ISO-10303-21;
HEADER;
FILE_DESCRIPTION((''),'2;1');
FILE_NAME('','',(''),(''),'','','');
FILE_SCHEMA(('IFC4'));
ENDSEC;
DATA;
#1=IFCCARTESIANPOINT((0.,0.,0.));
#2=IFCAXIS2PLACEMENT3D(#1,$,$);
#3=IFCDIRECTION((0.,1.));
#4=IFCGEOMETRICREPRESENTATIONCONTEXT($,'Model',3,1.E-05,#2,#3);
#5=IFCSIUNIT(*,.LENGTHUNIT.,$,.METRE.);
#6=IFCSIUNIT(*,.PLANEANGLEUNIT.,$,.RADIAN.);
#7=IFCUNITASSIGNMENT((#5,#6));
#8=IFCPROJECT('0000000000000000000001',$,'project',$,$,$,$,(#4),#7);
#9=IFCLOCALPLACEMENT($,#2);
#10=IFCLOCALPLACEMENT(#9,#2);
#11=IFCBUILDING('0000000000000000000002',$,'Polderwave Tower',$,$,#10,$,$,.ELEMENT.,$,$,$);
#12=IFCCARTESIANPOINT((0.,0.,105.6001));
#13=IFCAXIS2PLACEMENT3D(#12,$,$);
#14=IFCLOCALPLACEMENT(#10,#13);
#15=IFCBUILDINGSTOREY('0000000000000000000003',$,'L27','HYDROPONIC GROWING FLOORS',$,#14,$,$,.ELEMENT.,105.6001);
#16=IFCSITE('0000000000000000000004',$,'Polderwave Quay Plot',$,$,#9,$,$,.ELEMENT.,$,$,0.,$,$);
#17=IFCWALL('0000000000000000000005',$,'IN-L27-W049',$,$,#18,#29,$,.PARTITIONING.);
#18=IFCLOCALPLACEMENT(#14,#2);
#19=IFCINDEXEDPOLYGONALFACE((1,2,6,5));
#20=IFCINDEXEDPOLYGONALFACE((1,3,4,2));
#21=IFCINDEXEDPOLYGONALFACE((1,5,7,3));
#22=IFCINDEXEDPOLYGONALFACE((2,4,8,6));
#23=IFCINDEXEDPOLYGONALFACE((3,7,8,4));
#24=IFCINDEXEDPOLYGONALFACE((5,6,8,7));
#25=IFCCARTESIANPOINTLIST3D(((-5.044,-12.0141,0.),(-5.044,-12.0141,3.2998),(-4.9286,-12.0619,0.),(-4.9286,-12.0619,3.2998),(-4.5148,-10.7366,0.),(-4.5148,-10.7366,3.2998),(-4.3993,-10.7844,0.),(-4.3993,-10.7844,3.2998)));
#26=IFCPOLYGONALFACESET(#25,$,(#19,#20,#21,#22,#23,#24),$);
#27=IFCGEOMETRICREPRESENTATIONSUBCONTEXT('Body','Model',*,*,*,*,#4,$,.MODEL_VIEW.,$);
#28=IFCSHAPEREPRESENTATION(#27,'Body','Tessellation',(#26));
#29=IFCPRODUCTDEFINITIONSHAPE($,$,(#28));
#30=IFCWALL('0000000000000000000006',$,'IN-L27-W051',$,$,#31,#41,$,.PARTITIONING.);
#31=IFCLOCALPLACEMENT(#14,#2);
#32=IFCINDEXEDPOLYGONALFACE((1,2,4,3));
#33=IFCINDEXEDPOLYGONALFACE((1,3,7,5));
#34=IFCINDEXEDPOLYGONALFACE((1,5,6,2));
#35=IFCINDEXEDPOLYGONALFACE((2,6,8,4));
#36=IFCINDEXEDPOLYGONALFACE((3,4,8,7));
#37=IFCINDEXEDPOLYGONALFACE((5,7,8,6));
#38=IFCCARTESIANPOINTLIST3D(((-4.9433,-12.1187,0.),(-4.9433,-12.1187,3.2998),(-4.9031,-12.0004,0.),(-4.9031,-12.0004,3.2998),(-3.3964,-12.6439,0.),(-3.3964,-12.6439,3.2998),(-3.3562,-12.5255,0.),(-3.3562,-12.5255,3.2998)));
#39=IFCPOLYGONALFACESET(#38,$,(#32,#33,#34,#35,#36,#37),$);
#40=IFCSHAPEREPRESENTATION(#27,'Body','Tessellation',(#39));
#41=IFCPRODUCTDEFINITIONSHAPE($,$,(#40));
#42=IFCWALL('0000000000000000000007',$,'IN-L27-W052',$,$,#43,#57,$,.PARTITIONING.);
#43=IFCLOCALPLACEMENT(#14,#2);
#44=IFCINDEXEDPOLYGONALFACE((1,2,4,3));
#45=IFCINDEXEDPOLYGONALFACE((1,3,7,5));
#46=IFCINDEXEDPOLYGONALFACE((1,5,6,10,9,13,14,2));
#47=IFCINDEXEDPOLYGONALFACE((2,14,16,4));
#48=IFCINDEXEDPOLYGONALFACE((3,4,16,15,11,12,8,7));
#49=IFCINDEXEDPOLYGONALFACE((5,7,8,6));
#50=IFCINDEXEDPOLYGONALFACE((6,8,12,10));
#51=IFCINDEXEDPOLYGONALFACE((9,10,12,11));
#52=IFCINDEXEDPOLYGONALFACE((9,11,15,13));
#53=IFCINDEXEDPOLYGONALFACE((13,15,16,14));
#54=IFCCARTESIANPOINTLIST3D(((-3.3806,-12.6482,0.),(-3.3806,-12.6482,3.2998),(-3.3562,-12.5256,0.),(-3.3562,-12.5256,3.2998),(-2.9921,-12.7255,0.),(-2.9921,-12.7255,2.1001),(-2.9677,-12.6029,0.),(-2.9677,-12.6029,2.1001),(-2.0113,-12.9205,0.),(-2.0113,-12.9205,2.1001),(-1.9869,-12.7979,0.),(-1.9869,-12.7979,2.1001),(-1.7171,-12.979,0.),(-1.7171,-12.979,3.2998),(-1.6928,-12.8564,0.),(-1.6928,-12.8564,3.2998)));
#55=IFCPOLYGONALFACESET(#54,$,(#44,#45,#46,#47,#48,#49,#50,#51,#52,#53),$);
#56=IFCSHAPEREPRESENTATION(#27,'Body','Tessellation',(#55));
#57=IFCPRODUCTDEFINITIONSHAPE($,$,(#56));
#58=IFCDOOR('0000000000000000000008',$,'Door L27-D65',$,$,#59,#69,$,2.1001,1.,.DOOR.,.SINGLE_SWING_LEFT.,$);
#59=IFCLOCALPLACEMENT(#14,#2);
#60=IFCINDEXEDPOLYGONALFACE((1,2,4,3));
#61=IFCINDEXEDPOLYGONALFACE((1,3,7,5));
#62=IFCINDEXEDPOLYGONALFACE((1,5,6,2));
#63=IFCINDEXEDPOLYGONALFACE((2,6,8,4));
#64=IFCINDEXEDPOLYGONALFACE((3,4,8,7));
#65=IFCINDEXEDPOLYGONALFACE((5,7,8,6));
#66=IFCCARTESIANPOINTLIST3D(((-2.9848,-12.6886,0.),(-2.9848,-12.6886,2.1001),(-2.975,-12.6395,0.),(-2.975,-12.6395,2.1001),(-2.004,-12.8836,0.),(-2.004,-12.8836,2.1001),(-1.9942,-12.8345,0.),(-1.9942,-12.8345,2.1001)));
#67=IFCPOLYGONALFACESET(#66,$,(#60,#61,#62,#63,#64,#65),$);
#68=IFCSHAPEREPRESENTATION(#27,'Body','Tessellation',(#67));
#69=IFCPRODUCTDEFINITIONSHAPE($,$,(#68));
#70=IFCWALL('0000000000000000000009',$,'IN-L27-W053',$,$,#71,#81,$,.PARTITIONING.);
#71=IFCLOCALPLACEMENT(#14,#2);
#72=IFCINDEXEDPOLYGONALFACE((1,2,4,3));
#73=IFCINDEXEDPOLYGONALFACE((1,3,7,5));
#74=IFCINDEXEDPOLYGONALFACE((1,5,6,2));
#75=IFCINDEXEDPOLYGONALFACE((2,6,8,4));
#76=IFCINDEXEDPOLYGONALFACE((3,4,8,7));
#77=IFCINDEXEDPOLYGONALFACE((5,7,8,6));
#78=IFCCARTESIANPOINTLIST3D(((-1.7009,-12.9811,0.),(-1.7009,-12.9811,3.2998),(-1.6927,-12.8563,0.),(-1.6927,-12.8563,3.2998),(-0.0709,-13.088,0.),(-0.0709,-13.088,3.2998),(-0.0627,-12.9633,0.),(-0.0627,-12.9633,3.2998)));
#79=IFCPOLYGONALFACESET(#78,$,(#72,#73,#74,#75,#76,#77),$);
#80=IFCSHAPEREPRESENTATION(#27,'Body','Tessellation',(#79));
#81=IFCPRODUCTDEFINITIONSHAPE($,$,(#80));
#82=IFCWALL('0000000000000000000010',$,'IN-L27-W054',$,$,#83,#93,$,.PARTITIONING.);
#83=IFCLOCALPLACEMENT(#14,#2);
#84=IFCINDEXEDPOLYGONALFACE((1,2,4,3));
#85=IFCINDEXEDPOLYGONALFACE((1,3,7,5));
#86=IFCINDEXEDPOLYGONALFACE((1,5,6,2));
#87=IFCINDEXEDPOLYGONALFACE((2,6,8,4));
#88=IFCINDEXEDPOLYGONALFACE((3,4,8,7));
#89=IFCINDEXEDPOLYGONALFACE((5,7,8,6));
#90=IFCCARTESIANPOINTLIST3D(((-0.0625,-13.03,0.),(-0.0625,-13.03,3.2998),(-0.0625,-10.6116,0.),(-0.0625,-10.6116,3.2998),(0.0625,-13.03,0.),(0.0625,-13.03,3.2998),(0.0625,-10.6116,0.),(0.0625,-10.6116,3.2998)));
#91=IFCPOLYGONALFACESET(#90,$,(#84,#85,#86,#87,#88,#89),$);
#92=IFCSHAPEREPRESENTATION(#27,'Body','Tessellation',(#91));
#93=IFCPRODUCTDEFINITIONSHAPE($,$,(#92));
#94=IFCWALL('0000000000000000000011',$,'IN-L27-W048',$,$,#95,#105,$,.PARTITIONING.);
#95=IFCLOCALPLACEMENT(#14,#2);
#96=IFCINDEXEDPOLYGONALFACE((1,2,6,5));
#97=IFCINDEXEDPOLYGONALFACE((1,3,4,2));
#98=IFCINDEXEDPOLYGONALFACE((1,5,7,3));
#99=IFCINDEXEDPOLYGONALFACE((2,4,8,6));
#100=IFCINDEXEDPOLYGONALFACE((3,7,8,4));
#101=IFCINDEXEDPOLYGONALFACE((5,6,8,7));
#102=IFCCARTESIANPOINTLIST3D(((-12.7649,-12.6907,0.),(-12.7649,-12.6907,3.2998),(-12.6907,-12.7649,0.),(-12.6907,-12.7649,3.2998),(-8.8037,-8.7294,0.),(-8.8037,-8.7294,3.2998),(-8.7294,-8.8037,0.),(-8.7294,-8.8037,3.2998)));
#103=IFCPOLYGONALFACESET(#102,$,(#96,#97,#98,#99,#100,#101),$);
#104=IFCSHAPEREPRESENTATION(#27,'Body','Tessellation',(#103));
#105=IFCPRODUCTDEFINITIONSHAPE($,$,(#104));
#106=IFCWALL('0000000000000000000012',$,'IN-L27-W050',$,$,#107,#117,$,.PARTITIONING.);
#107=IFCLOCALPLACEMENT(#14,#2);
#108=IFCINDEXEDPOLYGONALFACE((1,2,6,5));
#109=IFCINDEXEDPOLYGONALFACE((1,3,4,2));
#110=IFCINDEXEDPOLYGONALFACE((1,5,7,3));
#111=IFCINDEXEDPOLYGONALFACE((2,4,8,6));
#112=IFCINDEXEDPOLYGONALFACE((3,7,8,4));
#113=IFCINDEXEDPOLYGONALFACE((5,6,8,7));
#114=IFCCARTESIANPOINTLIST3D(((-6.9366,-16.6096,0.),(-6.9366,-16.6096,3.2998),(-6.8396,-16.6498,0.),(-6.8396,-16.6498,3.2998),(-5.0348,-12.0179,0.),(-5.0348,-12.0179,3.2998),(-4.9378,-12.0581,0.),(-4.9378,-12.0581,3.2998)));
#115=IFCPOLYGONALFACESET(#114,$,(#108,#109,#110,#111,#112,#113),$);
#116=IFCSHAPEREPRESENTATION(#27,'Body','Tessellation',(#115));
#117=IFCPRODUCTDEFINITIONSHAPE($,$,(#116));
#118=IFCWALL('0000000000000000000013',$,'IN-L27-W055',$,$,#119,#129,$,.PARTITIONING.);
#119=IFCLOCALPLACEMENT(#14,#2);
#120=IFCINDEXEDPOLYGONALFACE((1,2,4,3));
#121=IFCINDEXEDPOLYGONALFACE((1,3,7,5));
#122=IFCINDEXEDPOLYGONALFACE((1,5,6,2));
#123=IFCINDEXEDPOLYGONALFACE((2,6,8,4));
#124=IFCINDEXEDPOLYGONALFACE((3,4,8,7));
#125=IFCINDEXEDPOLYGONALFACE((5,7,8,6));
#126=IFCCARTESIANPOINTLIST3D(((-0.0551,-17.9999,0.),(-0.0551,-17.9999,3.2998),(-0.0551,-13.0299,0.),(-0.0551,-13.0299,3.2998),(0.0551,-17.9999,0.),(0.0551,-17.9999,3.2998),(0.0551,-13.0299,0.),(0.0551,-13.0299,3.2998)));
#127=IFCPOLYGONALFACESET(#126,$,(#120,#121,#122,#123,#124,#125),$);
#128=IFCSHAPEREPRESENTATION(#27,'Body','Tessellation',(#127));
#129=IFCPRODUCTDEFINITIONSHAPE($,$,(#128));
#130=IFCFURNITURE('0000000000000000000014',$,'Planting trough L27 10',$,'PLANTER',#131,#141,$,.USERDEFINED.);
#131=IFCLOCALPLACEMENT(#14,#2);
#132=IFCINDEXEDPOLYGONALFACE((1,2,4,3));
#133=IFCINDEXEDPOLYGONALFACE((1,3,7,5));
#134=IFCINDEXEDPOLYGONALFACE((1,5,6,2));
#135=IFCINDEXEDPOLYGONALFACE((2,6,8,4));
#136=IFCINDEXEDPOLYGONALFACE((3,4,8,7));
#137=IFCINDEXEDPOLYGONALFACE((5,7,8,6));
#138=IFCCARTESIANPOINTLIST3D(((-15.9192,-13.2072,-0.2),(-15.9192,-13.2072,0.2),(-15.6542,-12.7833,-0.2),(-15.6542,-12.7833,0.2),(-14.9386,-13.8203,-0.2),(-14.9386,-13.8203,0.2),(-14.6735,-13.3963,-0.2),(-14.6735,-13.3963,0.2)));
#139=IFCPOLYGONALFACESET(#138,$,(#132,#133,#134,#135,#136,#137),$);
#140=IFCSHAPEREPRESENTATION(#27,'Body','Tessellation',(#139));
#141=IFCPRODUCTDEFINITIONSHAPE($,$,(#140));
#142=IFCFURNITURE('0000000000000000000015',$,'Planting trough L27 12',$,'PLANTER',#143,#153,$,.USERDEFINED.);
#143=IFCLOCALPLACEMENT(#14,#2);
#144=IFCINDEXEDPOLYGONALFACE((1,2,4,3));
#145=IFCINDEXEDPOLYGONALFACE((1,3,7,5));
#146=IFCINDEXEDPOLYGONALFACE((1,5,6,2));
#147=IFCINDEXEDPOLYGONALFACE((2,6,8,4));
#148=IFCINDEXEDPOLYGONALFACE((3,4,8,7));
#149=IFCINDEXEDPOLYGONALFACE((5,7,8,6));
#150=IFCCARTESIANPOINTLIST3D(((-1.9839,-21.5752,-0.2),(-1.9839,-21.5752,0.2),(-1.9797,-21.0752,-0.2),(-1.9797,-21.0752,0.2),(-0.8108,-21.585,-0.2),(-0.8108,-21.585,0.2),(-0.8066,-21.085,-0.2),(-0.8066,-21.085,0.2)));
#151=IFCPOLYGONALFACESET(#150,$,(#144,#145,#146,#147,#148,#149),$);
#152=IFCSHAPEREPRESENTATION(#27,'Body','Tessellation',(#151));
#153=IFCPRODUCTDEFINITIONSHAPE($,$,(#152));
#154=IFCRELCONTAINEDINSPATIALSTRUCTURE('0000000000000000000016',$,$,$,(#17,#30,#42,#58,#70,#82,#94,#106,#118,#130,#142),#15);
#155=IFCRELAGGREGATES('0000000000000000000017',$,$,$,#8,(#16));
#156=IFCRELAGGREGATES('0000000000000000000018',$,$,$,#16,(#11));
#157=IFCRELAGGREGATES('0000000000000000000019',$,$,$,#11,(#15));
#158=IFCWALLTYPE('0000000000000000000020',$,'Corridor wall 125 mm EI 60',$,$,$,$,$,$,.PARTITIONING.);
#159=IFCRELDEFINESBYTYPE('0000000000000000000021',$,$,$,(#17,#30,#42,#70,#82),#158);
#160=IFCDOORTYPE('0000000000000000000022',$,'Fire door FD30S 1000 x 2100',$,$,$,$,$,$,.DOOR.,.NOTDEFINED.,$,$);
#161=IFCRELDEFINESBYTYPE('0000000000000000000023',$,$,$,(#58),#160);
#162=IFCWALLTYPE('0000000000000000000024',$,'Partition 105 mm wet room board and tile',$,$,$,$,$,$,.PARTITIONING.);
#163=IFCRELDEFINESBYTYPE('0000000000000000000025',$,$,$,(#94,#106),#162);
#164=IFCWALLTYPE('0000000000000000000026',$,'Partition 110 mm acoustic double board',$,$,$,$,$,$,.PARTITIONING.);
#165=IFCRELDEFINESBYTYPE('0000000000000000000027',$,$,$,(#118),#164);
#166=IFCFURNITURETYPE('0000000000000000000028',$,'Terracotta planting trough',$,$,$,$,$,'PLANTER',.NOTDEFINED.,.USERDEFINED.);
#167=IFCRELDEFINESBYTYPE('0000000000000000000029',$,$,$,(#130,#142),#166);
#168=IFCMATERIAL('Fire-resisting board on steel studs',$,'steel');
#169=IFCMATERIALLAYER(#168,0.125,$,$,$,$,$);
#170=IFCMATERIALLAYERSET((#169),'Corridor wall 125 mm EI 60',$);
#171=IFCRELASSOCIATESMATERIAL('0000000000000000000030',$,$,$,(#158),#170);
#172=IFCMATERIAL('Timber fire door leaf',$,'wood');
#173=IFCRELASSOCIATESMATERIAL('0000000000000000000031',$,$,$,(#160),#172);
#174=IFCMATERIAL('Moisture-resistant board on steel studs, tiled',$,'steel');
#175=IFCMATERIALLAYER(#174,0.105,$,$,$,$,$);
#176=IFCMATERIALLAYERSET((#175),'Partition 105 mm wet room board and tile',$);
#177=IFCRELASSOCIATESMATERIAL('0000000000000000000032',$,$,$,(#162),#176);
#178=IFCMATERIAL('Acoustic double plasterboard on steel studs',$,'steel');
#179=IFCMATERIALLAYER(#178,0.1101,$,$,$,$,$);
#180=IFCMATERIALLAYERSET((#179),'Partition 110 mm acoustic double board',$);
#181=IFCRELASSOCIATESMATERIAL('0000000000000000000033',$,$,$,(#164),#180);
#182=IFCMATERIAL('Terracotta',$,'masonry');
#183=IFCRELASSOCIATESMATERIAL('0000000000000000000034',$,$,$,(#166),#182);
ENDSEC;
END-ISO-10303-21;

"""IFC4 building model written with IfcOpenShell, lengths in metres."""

from ifc_helpers import new_model, si_unit, direction, frame, frame_2d, origin, origin_2d, place, context, subcontext, project, spatial, rectangle, extrude, material, layer, layer_set, type_object, element, fill, save


model = new_model("IFC4")

# Units and contexts
model_context = context("Model", 3, precision=1e-05, world=origin(), true_north=direction((0.0, 1.0)))
body_context = subcontext(model_context, "Body", "Model", "MODEL_VIEW")
ifc_project = project(units=[si_unit("LENGTHUNIT", "METRE"), si_unit("PLANEANGLEUNIT", "RADIAN")], contexts=[model_context])

# Site, building, storey
site_placement = place(None, origin())
site = spatial("IfcSite", under=ifc_project, at=site_placement, Name="Polderwave Quay Plot", CompositionType="ELEMENT", RefElevation=0.0)
building_placement = place(site_placement, origin())
building = spatial("IfcBuilding", under=site, at=building_placement, Name="Polderwave Tower", CompositionType="ELEMENT")
storey_placement = place(building_placement, frame((0.0, 0.0, 105.6001)))
storey = spatial("IfcBuildingStorey", under=building, at=storey_placement, Name="L27", Description="HYDROPONIC GROWING FLOORS", CompositionType="ELEMENT", Elevation=105.6001)

# Shared definitions
ifc_material_1 = material(Name="Fire-resisting board on steel studs", Category="steel")
ifc_layer_1 = layer(ifc_material_1, 0.125)
ifc_layer_set_1 = layer_set([ifc_layer_1], Name="Corridor wall 125 mm EI 60")
wall_type_1 = type_object("IfcWallType", Name="Corridor wall 125 mm EI 60", PredefinedType="PARTITIONING", material=ifc_layer_set_1)
ifc_material_2 = material(Name="Timber fire door leaf", Category="wood")
door_type = type_object("IfcDoorType", Name="Fire door FD30S 1000 x 2100", OperationType="NOTDEFINED", PredefinedType="DOOR", material=ifc_material_2)

# Walls
wall_1_placement = place(storey_placement, frame((-4.457, -10.7605, 0.0), z_axis=(0.0, 0.0, 1.0), x_axis=(-0.382747, -0.923853, 0.0)))
element("IfcWall", 1, at=wall_1_placement, inside=storey, type_object=wall_type_1, Name="IN-L27-W049", PredefinedType="PARTITIONING", context=body_context, shape_type="SweptSolid", body=[
    extrude(rectangle(XDim=1.3828, YDim=0.125, at=frame_2d((0.6914, 0.0))), origin(), (0.0, 0.0, 1.0), 3.2998),
])
wall_2_placement = place(storey_placement, frame((-3.3762, -12.5847, 0.0), z_axis=(0.0, 0.0, 1.0), x_axis=(-0.94692, 0.321469, 0.0)))
element("IfcWall", 2, at=wall_2_placement, inside=storey, type_object=wall_type_1, Name="IN-L27-W051", PredefinedType="PARTITIONING", context=body_context, shape_type="SweptSolid", body=[
    extrude(rectangle(XDim=1.6335, YDim=0.125, at=frame_2d((0.8169, 0.0))), origin(), (0.0, 0.0, 1.0), 3.2998),
])

# Wall, opening, door
wall_3_placement = place(storey_placement, frame((-1.7048, -12.9177, 0.0), z_axis=(0.0, 0.0, 1.0), x_axis=(-0.980796, 0.195036, 0.0)))
wall_3 = element("IfcWall", 3, at=wall_3_placement, inside=storey, type_object=wall_type_1, Name="IN-L27-W052", PredefinedType="PARTITIONING", context=body_context, shape_type="SweptSolid", body=[
    extrude(rectangle(XDim=1.696, YDim=0.125, at=frame_2d((0.8481, 0.0))), origin(), (0.0, 0.0, 1.0), 3.2998),
])
opening_1_placement = place(wall_3_placement, frame((0.3, 0.0, 0.0)))
opening_1 = element("IfcOpeningElement", 4, at=opening_1_placement, cuts=wall_3, PredefinedType="OPENING", context=body_context, shape_type="SweptSolid", body=[
    extrude(rectangle(XDim=1.0, YDim=2.1001, at=frame_2d((0.5, 1.05))), frame((0.0, 0.0725, 0.0), z_axis=(0.0, -1.0, 0.0), x_axis=(1.0, 0.0, 0.0)), (0.0, 0.0, 1.0), 0.145),
])
door_1_placement = place(opening_1_placement, origin())
door_1 = element("IfcDoor", 5, at=door_1_placement, inside=storey, type_object=door_type, Name="Door L27-D65", OperationType="SINGLE_SWING_LEFT", OverallHeight=2.1001, OverallWidth=1.0, PredefinedType="DOOR", context=body_context, shape_type="SweptSolid", body=[
    extrude(rectangle(XDim=1.0, YDim=2.1001, at=frame_2d((0.5, 1.05))), frame((0.0, 0.0249, 0.0), z_axis=(0.0, -1.0, 0.0), x_axis=(1.0, 0.0, 0.0)), (0.0, 0.0, 1.0), 0.05),
])
fill(opening_1, door_1)

# Walls
wall_4_placement = place(storey_placement, frame((-0.0667, -13.0256, 0.0), z_axis=(0.0, 0.0, 1.0), x_axis=(-0.997855, 0.065458, 0.0)))
element("IfcWall", 6, at=wall_4_placement, inside=storey, type_object=wall_type_1, Name="IN-L27-W053", PredefinedType="PARTITIONING", context=body_context, shape_type="SweptSolid", body=[
    extrude(rectangle(XDim=1.6335, YDim=0.125, at=frame_2d((0.8169, 0.0))), origin(), (0.0, 0.0, 1.0), 3.2998),
])
wall_5_placement = place(storey_placement, frame((0.0, -10.6116, 0.0), z_axis=(0.0, 0.0, 1.0), x_axis=(0.0, -1.0, 0.0)))
element("IfcWall", 7, at=wall_5_placement, inside=storey, type_object=wall_type_1, Name="IN-L27-W054", PredefinedType="PARTITIONING", context=body_context, shape_type="SweptSolid", body=[
    extrude(rectangle(XDim=2.4185, YDim=0.125, at=frame_2d((1.2092, 0.0))), origin(), (0.0, 0.0, 1.0), 3.2998),
])
ifc_material_3 = material(Name="Moisture-resistant board on steel studs, tiled", Category="steel")
ifc_layer_2 = layer(ifc_material_3, 0.105)
ifc_layer_set_2 = layer_set([ifc_layer_2], Name="Partition 105 mm wet room board and tile")
wall_type_2 = type_object("IfcWallType", Name="Partition 105 mm wet room board and tile", PredefinedType="PARTITIONING", material=ifc_layer_set_2)
wall_6_placement = place(storey_placement, frame((-12.7278, -12.7278, 0.0), z_axis=(0.0, 0.0, 1.0), x_axis=(0.707107, 0.707107, 0.0)))
element("IfcWall", 8, at=wall_6_placement, inside=storey, type_object=wall_type_2, Name="IN-L27-W048", PredefinedType="PARTITIONING", context=body_context, shape_type="SweptSolid", body=[
    extrude(rectangle(XDim=5.6021, YDim=0.105, at=frame_2d((2.801, 0.0))), origin(), (0.0, 0.0, 1.0), 3.2998),
])
wall_7_placement = place(storey_placement, frame((-4.9863, -12.0381, 0.0), z_axis=(0.0, 0.0, 1.0), x_axis=(-0.382661, -0.923889, 0.0)))
element("IfcWall", 9, at=wall_7_placement, inside=storey, type_object=wall_type_2, Name="IN-L27-W050", PredefinedType="PARTITIONING", context=body_context, shape_type="SweptSolid", body=[
    extrude(rectangle(XDim=4.97, YDim=0.105, at=frame_2d((2.4849, 0.0))), origin(), (0.0, 0.0, 1.0), 3.2998),
])
ifc_material_4 = material(Name="Acoustic double plasterboard on steel studs", Category="steel")
ifc_layer_3 = layer(ifc_material_4, 0.1101)
ifc_layer_set_3 = layer_set([ifc_layer_3], Name="Partition 110 mm acoustic double board")
wall_type_3 = type_object("IfcWallType", Name="Partition 110 mm acoustic double board", PredefinedType="PARTITIONING", material=ifc_layer_set_3)
wall_8_placement = place(storey_placement, frame((0.0, -13.03, 0.0), z_axis=(0.0, 0.0, 1.0), x_axis=(0.0, -1.0, 0.0)))
element("IfcWall", 10, at=wall_8_placement, inside=storey, type_object=wall_type_3, Name="IN-L27-W055", PredefinedType="PARTITIONING", context=body_context, shape_type="SweptSolid", body=[
    extrude(rectangle(XDim=4.97, YDim=0.1101, at=frame_2d((2.4849, 0.0))), origin(), (0.0, 0.0, 1.0), 3.2998),
])

# Furniture
ifc_material_5 = material(Name="Terracotta", Category="masonry")
furniture_type = type_object("IfcFurnitureType", Name="Terracotta planting trough", ElementType="PLANTER", AssemblyPlace="NOTDEFINED", PredefinedType="USERDEFINED", material=ifc_material_5)
furniture_1_placement = place(storey_placement, frame((-15.2964, -13.3018, -0.2), z_axis=(0.0, 0.0, 1.0), x_axis=(0.847961, -0.530058, 0.0)))
element("IfcFurniture", 11, at=furniture_1_placement, inside=storey, type_object=furniture_type, Name="Planting trough L27 10", ObjectType="PLANTER", PredefinedType="USERDEFINED", context=body_context, shape_type="SweptSolid", body=[
    extrude(rectangle(XDim=1.1565, YDim=0.5, at=origin_2d()), origin(), (0.0, 0.0, 1.0), 0.3999),
])
furniture_2_placement = place(storey_placement, frame((-1.3953, -21.3301, -0.2), z_axis=(0.0, 0.0, 1.0), x_axis=(0.999965, -0.008357, 0.0)))
element("IfcFurniture", 12, at=furniture_2_placement, inside=storey, type_object=furniture_type, Name="Planting trough L27 12", ObjectType="PLANTER", PredefinedType="USERDEFINED", context=body_context, shape_type="SweptSolid", body=[
    extrude(rectangle(XDim=1.1731, YDim=0.5, at=origin_2d()), origin(), (0.0, 0.0, 1.0), 0.3999),
])

save(model, "model.ifc")
